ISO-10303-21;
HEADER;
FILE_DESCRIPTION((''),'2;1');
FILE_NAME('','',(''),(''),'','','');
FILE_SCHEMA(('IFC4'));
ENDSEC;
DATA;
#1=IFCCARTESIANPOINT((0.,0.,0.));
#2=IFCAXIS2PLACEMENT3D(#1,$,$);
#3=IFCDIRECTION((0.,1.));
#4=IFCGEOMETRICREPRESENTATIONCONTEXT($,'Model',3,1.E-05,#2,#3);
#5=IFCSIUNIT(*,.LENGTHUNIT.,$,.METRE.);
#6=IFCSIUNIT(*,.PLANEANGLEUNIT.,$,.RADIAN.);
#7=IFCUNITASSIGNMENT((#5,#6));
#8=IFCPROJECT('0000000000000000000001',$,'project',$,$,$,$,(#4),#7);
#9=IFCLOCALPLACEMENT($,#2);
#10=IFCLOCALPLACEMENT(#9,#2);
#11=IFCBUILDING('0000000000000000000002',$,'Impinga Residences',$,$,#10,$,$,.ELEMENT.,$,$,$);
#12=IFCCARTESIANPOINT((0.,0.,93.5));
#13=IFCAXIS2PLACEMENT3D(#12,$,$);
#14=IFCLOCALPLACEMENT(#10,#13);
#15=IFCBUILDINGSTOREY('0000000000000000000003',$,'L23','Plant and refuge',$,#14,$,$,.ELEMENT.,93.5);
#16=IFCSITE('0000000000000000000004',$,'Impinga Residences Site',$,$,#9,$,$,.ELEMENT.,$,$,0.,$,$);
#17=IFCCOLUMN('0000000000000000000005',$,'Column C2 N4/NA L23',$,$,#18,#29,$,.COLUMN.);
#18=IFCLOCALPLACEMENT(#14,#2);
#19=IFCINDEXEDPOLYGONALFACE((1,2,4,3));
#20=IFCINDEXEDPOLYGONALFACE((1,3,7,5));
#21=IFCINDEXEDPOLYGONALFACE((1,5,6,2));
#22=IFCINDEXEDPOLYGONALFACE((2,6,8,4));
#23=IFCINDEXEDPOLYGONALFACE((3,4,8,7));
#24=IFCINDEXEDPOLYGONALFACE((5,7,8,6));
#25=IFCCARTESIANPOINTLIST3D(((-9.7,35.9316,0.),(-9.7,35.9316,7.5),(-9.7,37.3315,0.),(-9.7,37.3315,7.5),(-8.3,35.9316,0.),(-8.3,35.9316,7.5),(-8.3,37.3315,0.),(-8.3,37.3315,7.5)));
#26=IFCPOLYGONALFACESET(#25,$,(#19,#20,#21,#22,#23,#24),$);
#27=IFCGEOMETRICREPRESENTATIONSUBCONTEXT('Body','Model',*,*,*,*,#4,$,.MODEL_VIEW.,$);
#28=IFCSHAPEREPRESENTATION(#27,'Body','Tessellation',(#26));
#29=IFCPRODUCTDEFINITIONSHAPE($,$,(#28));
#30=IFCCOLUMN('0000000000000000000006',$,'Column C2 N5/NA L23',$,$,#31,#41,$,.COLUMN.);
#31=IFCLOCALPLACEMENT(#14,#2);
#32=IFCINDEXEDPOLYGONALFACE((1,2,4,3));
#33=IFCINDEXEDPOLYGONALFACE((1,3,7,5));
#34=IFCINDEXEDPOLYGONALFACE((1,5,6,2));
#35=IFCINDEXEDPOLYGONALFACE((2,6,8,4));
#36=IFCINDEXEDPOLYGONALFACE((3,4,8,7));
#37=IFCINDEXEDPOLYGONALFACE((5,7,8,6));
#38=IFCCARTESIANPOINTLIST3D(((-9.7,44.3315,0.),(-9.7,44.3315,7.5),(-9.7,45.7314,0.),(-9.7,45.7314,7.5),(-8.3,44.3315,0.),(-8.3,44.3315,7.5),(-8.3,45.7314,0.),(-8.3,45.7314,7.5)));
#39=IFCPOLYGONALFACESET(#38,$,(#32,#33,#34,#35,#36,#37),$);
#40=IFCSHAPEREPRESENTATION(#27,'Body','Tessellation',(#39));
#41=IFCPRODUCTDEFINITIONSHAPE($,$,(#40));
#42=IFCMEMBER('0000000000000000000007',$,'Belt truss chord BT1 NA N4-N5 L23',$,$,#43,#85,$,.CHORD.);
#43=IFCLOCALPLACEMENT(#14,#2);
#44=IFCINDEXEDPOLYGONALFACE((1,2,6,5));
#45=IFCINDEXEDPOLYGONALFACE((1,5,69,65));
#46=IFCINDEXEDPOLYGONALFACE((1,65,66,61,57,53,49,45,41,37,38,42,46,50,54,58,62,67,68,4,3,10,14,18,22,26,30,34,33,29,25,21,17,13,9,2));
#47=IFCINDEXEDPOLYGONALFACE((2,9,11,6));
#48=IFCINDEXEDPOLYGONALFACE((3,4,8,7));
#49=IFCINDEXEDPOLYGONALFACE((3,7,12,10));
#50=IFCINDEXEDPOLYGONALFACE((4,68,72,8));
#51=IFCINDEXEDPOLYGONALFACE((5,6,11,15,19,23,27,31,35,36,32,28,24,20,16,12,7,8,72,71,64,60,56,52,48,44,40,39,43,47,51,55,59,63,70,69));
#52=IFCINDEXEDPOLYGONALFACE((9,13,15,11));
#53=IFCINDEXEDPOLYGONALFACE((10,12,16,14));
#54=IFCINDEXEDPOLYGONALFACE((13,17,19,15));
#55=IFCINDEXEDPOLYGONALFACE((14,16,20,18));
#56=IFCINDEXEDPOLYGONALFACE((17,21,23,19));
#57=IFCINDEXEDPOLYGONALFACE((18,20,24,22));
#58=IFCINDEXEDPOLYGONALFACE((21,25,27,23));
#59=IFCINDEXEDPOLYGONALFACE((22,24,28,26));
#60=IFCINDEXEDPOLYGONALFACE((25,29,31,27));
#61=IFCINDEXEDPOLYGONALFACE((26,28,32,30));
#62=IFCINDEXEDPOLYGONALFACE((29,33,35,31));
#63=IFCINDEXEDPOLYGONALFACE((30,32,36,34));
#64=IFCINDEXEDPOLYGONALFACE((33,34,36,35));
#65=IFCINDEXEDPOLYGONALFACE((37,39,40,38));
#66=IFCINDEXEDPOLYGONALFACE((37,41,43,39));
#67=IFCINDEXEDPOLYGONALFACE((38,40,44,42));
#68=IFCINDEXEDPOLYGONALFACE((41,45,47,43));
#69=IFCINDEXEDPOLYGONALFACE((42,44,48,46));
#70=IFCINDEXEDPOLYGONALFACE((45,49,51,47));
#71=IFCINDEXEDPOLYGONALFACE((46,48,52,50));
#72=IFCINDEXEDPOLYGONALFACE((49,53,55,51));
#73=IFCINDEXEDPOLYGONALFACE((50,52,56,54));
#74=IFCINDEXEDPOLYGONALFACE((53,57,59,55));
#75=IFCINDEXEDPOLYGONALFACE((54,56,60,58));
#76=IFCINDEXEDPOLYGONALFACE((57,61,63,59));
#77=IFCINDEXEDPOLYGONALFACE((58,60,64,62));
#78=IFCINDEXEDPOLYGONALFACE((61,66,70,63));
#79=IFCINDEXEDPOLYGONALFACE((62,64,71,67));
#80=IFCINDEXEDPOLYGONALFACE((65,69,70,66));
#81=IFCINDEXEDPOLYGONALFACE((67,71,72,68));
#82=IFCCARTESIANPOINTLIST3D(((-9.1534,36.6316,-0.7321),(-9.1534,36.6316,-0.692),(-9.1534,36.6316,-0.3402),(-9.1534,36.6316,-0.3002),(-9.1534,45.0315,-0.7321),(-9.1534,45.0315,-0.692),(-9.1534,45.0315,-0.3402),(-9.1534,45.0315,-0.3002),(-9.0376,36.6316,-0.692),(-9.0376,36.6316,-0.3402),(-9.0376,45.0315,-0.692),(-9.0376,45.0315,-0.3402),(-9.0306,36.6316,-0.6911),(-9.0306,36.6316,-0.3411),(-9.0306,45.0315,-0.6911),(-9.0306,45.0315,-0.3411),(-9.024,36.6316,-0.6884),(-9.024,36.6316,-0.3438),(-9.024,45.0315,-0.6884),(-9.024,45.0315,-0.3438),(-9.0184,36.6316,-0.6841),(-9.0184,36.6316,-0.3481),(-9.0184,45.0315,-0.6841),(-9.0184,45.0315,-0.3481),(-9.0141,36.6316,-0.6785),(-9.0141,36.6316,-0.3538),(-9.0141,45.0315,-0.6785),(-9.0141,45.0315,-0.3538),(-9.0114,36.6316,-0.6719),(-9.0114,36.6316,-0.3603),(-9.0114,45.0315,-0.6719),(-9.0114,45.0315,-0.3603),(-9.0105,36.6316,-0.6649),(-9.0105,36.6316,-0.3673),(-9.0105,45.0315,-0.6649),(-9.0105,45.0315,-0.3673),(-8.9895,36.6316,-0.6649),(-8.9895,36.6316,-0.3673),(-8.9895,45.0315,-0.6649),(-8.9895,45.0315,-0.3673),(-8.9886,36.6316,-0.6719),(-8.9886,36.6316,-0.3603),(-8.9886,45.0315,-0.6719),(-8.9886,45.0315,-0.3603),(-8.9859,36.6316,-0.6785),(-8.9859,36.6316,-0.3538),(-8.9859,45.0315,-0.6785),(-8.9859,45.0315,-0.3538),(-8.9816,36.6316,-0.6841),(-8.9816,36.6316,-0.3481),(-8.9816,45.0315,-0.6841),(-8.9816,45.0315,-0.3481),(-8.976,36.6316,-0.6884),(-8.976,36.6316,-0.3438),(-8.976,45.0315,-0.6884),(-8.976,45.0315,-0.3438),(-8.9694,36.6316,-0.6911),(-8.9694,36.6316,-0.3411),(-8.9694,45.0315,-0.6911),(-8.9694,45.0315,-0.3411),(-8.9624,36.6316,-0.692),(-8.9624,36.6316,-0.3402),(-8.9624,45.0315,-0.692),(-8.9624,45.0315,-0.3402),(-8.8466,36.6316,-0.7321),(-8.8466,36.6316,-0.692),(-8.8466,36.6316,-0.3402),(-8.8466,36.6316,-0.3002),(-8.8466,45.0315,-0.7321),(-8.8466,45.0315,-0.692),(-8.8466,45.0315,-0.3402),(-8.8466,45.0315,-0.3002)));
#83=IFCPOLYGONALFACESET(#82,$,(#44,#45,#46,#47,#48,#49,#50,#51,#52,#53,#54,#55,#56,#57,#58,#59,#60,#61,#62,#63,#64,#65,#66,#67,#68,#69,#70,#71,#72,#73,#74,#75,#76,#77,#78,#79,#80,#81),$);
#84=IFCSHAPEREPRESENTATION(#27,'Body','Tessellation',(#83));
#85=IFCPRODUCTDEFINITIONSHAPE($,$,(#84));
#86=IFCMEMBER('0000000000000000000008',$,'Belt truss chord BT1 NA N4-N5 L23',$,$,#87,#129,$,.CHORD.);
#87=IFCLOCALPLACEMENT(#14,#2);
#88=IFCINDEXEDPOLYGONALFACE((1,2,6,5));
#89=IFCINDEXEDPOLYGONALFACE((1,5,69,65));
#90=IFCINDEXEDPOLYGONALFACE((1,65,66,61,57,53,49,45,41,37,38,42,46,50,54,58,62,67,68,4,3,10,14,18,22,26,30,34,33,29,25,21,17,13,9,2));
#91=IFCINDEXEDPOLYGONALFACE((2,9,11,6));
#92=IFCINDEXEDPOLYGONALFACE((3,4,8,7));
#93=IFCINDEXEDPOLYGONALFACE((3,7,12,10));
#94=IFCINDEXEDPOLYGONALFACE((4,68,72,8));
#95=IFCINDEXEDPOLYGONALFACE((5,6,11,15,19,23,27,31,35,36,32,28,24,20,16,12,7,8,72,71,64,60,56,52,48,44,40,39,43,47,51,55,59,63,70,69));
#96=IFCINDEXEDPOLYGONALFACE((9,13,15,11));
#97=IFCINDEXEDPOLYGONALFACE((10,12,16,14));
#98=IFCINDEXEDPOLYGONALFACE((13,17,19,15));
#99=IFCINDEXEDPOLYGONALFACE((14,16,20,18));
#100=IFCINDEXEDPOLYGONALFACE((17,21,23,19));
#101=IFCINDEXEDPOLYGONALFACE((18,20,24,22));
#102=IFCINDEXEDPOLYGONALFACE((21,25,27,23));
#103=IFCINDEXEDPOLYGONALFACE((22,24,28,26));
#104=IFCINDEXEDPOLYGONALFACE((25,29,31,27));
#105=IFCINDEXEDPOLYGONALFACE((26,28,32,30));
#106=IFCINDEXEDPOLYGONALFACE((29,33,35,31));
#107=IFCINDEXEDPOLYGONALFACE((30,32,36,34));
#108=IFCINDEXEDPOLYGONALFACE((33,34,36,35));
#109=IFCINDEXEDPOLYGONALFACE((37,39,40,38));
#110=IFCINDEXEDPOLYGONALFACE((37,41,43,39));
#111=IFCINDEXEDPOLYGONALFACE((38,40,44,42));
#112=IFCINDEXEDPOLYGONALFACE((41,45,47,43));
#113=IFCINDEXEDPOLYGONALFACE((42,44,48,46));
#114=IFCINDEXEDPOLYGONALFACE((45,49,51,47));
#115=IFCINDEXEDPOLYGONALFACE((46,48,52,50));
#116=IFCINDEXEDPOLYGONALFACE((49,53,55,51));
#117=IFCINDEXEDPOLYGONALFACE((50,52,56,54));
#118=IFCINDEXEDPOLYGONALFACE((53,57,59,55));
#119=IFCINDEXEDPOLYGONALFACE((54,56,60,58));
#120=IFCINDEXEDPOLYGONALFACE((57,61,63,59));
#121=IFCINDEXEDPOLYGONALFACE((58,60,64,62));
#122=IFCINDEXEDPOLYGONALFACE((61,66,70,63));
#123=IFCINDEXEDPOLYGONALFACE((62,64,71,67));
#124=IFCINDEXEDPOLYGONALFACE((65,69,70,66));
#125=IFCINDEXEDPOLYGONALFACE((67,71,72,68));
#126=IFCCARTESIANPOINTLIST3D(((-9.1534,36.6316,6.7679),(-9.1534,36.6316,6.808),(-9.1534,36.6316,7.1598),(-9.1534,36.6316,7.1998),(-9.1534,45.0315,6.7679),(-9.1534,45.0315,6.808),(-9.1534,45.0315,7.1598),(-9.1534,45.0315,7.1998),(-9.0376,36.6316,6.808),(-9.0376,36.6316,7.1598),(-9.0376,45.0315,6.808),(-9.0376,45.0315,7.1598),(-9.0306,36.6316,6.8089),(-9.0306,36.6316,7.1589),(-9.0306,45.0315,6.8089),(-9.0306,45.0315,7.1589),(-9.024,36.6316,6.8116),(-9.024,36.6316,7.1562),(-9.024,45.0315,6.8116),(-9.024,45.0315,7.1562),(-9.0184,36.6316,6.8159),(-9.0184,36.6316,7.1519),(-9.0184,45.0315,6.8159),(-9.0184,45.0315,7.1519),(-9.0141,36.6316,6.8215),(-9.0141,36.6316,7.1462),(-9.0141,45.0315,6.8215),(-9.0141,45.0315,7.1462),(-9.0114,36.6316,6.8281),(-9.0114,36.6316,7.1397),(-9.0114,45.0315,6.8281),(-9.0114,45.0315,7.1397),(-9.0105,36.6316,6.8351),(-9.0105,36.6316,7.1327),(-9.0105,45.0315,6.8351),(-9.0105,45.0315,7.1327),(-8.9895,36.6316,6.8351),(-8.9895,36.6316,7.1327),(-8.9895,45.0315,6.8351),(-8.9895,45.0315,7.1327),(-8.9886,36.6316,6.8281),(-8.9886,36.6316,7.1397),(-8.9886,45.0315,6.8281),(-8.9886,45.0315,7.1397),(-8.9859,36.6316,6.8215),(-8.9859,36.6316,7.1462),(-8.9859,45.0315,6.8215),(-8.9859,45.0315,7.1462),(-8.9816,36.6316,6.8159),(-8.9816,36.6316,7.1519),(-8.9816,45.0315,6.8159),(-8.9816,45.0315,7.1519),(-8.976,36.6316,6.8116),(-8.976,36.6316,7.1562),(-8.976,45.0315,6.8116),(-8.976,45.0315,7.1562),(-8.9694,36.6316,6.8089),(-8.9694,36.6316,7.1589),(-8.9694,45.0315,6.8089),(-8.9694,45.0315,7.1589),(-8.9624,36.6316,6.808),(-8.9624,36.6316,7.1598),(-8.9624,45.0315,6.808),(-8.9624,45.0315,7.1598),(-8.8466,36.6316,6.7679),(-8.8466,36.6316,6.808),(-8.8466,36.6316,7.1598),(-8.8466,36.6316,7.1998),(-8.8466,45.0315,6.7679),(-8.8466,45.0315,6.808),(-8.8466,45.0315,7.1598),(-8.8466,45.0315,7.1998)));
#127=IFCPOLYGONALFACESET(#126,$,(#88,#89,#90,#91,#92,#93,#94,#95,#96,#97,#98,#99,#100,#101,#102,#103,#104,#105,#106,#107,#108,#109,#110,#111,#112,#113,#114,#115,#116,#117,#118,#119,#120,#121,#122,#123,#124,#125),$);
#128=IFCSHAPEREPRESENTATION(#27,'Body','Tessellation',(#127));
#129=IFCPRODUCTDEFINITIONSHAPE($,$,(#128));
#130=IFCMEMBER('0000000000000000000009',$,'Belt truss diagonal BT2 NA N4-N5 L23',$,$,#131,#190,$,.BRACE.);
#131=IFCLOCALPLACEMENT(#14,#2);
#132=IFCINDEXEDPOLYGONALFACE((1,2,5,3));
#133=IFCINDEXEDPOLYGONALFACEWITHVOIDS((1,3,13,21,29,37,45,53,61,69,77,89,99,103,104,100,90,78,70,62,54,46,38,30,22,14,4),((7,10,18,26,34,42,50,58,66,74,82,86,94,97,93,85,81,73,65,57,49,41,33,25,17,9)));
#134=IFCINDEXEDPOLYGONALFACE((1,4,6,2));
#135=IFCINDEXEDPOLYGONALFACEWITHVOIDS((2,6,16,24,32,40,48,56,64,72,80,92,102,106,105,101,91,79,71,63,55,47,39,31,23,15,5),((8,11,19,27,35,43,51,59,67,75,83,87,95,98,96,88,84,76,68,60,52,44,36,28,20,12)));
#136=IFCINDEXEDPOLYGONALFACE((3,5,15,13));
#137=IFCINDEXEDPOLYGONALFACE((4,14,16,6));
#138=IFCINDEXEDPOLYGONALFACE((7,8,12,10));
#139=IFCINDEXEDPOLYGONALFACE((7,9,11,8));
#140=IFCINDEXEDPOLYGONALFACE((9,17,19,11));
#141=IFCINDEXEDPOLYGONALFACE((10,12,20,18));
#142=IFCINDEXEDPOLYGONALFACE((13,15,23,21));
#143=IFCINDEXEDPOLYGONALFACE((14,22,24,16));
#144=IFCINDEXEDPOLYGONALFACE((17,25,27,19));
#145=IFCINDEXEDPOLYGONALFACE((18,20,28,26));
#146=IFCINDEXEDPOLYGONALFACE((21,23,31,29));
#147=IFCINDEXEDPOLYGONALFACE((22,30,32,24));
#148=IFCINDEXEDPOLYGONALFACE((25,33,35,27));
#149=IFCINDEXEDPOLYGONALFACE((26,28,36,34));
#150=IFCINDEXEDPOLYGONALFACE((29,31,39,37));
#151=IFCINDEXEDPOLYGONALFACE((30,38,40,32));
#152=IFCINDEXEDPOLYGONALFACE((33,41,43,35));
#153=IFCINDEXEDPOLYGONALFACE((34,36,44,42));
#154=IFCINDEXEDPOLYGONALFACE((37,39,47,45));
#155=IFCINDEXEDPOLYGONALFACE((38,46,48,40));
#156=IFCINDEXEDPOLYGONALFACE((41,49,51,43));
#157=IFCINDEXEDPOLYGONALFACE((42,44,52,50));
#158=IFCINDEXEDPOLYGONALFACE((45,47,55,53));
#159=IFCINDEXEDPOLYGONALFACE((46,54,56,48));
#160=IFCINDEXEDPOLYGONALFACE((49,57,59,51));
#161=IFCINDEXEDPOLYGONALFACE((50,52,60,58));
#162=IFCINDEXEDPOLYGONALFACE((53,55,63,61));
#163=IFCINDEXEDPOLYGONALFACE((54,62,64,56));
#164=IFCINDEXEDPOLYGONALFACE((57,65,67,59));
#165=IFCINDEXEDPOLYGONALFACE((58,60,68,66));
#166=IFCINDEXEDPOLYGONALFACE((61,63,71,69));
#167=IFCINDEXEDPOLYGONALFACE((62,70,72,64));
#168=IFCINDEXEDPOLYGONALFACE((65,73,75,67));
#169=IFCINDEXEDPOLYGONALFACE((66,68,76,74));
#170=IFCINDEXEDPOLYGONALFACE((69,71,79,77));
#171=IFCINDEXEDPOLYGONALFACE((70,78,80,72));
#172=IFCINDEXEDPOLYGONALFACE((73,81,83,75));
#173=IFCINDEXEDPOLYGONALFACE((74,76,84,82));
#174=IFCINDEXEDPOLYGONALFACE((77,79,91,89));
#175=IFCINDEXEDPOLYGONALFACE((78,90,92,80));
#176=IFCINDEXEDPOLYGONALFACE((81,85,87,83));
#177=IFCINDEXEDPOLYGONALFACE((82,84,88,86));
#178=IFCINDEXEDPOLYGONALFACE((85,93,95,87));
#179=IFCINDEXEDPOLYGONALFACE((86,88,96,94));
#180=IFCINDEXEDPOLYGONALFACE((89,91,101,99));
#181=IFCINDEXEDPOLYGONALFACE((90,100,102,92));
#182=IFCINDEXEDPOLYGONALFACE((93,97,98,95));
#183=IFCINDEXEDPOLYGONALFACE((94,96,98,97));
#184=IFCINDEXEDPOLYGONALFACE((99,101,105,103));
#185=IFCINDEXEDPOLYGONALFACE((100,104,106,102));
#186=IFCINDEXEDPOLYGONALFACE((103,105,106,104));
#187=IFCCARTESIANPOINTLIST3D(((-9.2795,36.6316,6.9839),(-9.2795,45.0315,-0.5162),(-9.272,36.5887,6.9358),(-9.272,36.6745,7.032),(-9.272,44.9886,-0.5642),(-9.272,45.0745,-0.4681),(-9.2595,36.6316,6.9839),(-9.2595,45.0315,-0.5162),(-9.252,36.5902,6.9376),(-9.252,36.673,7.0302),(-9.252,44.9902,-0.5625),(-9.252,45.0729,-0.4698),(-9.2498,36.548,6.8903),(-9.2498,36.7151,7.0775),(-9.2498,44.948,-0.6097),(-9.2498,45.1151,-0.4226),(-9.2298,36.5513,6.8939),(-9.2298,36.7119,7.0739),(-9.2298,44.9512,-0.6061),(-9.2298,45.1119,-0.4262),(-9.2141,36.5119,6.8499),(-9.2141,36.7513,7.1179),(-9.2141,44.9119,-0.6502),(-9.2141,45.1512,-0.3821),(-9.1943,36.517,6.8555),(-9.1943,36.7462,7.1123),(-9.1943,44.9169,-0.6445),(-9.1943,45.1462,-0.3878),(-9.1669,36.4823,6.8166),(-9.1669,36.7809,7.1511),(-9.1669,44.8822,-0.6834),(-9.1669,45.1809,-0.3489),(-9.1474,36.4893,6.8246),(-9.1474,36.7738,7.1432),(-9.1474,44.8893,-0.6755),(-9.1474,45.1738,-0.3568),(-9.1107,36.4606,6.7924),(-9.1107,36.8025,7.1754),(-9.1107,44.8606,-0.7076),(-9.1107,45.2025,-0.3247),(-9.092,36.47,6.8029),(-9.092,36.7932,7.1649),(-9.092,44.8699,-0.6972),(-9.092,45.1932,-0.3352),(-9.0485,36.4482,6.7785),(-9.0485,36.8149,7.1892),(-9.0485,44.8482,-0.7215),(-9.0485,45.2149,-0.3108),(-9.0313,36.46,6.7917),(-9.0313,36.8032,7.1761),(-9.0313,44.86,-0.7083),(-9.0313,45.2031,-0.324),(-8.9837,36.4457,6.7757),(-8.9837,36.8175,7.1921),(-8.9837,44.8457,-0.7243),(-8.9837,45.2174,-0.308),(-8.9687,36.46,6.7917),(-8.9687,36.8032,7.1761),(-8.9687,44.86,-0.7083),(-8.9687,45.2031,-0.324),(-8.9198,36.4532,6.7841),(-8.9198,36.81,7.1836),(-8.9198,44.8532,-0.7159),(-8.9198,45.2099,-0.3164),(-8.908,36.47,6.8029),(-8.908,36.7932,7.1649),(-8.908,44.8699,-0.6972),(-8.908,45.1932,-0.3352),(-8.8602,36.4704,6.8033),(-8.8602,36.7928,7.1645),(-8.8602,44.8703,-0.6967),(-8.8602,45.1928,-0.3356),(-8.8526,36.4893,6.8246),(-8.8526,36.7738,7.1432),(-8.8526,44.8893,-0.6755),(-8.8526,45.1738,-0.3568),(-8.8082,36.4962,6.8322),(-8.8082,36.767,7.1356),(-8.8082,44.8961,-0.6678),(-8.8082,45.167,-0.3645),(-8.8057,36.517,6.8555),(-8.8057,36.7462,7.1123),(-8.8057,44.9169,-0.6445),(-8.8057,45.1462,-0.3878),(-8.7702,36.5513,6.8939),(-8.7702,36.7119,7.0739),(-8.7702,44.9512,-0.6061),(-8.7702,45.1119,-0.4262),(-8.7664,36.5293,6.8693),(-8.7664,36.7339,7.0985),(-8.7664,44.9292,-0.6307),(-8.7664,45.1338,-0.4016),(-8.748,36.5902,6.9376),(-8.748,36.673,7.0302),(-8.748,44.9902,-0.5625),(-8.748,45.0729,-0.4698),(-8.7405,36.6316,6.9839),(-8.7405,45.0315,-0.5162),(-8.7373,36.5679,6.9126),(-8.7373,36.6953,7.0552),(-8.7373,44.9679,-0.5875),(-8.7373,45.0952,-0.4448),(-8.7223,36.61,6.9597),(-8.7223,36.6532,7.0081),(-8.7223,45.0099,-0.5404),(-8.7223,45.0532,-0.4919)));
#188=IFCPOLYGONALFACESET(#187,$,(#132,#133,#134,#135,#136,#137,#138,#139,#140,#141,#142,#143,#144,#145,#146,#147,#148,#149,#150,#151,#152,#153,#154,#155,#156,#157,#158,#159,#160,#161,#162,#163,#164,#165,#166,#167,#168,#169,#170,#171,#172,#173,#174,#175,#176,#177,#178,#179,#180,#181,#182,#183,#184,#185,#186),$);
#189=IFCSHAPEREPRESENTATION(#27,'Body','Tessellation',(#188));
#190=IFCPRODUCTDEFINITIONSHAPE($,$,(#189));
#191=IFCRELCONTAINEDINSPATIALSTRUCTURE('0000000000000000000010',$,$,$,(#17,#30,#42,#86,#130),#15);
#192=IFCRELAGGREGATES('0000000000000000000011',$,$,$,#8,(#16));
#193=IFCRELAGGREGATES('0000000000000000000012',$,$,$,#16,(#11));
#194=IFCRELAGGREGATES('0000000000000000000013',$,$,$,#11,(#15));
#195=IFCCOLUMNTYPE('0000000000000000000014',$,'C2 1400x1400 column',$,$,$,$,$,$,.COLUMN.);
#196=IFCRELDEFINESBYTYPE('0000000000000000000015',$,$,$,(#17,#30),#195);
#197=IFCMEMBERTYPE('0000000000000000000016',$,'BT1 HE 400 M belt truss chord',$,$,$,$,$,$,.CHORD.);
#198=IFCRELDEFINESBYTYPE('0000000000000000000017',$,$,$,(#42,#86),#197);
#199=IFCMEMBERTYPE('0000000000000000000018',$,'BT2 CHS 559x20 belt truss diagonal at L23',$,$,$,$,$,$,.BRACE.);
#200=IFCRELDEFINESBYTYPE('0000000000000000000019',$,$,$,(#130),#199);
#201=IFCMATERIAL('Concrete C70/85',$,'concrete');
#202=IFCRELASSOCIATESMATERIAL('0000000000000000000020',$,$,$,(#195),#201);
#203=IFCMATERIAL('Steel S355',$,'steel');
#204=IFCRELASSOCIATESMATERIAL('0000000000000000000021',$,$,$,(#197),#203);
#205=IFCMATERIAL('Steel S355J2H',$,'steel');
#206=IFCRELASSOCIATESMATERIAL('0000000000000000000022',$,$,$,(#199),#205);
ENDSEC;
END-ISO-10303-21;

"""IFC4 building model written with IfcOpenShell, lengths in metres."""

from ifc_helpers import new_model, si_unit, direction, frame, origin, origin_2d, place, context, subcontext, project, spatial, rectangle, hollow_circle, i_section, extrude, material, material_profile, profile_set, type_object, element, save


model = new_model("IFC4")

# Units and contexts
model_context = context("Model", 3, precision=1e-05, world=origin(), true_north=direction((0.0, 1.0)))
body_context = subcontext(model_context, "Body", "Model", "MODEL_VIEW")
ifc_project = project(units=[si_unit("LENGTHUNIT", "METRE"), si_unit("PLANEANGLEUNIT", "RADIAN")], contexts=[model_context])

# Site, building, storey
site_placement = place(None, origin())
site = spatial("IfcSite", under=ifc_project, at=site_placement, Name="Impinga Residences Site", CompositionType="ELEMENT", RefElevation=0.0)
building_placement = place(site_placement, origin())
building = spatial("IfcBuilding", under=site, at=building_placement, Name="Impinga Residences", CompositionType="ELEMENT")
storey_placement = place(building_placement, frame((0.0, 0.0, 93.5)))
storey = spatial("IfcBuildingStorey", under=building, at=storey_placement, Name="L23", Description="Plant and refuge", CompositionType="ELEMENT", Elevation=93.5)

# Columns
ifc_material_1 = material(Name="Concrete C70/85", Category="concrete")
ifc_material_profile_1 = material_profile(ifc_material_1, rectangle(XDim=1.3999, YDim=1.3999, at=origin_2d()), Name="RC 1400x1400")
ifc_profile_set_1 = profile_set([ifc_material_profile_1], Name="Concrete C70/85")
column_type = type_object("IfcColumnType", Name="C2 1400x1400 column", PredefinedType="COLUMN", material=ifc_profile_set_1)
for number, where, z_axis, x_axis, name in (
    (1, (-9.0, 36.6316, 0.0), (0.0, 0.0, 1.0), (1.0, 0.0, 0.0), "Column C2 N4/NA L23"),
    (2, (-9.0, 45.0315, 0.0), (0.0, 0.0, 1.0), (1.0, 0.0, 0.0), "Column C2 N5/NA L23"),
):
    element("IfcColumn", number, at=place(storey_placement, frame(where, z_axis=z_axis, x_axis=x_axis)), inside=storey, type_object=column_type, Name=name, PredefinedType="COLUMN", context=body_context, shape_type="SweptSolid", body=[
        extrude(rectangle(XDim=1.3999, YDim=1.3999, at=origin_2d()), origin(), (0.0, 0.0, 1.0), 7.5),
    ])

# Members
ifc_material_2 = material(Name="Steel S355", Category="steel")
ifc_material_profile_2 = material_profile(ifc_material_2, i_section(OverallWidth=0.3069, OverallDepth=0.4319, WebThickness=0.021, FlangeThickness=0.04, FilletRadius=0.0271, at=origin_2d()), Name="HE 400 M")
ifc_profile_set_2 = profile_set([ifc_material_profile_2], Name="Steel S355")
member_type_1 = type_object("IfcMemberType", Name="BT1 HE 400 M belt truss chord", PredefinedType="CHORD", material=ifc_profile_set_2)
for number, where, z_axis, x_axis, name in (
    (3, (-9.0, 36.6316, -0.5161), (0.0, 1.0, 0.0), (-1.0, 0.0, 0.0), "Belt truss chord BT1 NA N4-N5 L23"),
    (4, (-9.0, 36.6316, 6.9839), (0.0, 1.0, 0.0), (-1.0, 0.0, 0.0), "Belt truss chord BT1 NA N4-N5 L23"),
):
    element("IfcMember", number, at=place(storey_placement, frame(where, z_axis=z_axis, x_axis=x_axis)), inside=storey, type_object=member_type_1, Name=name, PredefinedType="CHORD", context=body_context, shape_type="SweptSolid", body=[
        extrude(i_section(OverallWidth=0.3069, OverallDepth=0.4319, WebThickness=0.021, FlangeThickness=0.04, FilletRadius=0.0271, at=origin_2d()), origin(), (0.0, 0.0, 1.0), 8.3999),
    ])
ifc_material_3 = material(Name="Steel S355J2H", Category="steel")
ifc_material_profile_3 = material_profile(ifc_material_3, hollow_circle(Radius=0.2795, WallThickness=0.02, at=origin_2d()), Name="CHS 559x20")
ifc_profile_set_3 = profile_set([ifc_material_profile_3], Name="Steel S355J2H")
member_type_2 = type_object("IfcMemberType", Name="BT2 CHS 559x20 belt truss diagonal at L23", PredefinedType="BRACE", material=ifc_profile_set_3)
member_1_placement = place(storey_placement, frame((-9.0, 36.6316, 6.9839), z_axis=(0.0, 0.745934, -0.66602), x_axis=(-1.0, 0.0, 0.0)))
element("IfcMember", 5, at=member_1_placement, inside=storey, type_object=member_type_2, Name="Belt truss diagonal BT2 NA N4-N5 L23", PredefinedType="BRACE", context=body_context, shape_type="SweptSolid", body=[
    extrude(hollow_circle(Radius=0.2795, WallThickness=0.02, at=origin_2d()), origin(), (0.0, 0.0, 1.0), 11.261),
])

save(model, "model.ifc")
